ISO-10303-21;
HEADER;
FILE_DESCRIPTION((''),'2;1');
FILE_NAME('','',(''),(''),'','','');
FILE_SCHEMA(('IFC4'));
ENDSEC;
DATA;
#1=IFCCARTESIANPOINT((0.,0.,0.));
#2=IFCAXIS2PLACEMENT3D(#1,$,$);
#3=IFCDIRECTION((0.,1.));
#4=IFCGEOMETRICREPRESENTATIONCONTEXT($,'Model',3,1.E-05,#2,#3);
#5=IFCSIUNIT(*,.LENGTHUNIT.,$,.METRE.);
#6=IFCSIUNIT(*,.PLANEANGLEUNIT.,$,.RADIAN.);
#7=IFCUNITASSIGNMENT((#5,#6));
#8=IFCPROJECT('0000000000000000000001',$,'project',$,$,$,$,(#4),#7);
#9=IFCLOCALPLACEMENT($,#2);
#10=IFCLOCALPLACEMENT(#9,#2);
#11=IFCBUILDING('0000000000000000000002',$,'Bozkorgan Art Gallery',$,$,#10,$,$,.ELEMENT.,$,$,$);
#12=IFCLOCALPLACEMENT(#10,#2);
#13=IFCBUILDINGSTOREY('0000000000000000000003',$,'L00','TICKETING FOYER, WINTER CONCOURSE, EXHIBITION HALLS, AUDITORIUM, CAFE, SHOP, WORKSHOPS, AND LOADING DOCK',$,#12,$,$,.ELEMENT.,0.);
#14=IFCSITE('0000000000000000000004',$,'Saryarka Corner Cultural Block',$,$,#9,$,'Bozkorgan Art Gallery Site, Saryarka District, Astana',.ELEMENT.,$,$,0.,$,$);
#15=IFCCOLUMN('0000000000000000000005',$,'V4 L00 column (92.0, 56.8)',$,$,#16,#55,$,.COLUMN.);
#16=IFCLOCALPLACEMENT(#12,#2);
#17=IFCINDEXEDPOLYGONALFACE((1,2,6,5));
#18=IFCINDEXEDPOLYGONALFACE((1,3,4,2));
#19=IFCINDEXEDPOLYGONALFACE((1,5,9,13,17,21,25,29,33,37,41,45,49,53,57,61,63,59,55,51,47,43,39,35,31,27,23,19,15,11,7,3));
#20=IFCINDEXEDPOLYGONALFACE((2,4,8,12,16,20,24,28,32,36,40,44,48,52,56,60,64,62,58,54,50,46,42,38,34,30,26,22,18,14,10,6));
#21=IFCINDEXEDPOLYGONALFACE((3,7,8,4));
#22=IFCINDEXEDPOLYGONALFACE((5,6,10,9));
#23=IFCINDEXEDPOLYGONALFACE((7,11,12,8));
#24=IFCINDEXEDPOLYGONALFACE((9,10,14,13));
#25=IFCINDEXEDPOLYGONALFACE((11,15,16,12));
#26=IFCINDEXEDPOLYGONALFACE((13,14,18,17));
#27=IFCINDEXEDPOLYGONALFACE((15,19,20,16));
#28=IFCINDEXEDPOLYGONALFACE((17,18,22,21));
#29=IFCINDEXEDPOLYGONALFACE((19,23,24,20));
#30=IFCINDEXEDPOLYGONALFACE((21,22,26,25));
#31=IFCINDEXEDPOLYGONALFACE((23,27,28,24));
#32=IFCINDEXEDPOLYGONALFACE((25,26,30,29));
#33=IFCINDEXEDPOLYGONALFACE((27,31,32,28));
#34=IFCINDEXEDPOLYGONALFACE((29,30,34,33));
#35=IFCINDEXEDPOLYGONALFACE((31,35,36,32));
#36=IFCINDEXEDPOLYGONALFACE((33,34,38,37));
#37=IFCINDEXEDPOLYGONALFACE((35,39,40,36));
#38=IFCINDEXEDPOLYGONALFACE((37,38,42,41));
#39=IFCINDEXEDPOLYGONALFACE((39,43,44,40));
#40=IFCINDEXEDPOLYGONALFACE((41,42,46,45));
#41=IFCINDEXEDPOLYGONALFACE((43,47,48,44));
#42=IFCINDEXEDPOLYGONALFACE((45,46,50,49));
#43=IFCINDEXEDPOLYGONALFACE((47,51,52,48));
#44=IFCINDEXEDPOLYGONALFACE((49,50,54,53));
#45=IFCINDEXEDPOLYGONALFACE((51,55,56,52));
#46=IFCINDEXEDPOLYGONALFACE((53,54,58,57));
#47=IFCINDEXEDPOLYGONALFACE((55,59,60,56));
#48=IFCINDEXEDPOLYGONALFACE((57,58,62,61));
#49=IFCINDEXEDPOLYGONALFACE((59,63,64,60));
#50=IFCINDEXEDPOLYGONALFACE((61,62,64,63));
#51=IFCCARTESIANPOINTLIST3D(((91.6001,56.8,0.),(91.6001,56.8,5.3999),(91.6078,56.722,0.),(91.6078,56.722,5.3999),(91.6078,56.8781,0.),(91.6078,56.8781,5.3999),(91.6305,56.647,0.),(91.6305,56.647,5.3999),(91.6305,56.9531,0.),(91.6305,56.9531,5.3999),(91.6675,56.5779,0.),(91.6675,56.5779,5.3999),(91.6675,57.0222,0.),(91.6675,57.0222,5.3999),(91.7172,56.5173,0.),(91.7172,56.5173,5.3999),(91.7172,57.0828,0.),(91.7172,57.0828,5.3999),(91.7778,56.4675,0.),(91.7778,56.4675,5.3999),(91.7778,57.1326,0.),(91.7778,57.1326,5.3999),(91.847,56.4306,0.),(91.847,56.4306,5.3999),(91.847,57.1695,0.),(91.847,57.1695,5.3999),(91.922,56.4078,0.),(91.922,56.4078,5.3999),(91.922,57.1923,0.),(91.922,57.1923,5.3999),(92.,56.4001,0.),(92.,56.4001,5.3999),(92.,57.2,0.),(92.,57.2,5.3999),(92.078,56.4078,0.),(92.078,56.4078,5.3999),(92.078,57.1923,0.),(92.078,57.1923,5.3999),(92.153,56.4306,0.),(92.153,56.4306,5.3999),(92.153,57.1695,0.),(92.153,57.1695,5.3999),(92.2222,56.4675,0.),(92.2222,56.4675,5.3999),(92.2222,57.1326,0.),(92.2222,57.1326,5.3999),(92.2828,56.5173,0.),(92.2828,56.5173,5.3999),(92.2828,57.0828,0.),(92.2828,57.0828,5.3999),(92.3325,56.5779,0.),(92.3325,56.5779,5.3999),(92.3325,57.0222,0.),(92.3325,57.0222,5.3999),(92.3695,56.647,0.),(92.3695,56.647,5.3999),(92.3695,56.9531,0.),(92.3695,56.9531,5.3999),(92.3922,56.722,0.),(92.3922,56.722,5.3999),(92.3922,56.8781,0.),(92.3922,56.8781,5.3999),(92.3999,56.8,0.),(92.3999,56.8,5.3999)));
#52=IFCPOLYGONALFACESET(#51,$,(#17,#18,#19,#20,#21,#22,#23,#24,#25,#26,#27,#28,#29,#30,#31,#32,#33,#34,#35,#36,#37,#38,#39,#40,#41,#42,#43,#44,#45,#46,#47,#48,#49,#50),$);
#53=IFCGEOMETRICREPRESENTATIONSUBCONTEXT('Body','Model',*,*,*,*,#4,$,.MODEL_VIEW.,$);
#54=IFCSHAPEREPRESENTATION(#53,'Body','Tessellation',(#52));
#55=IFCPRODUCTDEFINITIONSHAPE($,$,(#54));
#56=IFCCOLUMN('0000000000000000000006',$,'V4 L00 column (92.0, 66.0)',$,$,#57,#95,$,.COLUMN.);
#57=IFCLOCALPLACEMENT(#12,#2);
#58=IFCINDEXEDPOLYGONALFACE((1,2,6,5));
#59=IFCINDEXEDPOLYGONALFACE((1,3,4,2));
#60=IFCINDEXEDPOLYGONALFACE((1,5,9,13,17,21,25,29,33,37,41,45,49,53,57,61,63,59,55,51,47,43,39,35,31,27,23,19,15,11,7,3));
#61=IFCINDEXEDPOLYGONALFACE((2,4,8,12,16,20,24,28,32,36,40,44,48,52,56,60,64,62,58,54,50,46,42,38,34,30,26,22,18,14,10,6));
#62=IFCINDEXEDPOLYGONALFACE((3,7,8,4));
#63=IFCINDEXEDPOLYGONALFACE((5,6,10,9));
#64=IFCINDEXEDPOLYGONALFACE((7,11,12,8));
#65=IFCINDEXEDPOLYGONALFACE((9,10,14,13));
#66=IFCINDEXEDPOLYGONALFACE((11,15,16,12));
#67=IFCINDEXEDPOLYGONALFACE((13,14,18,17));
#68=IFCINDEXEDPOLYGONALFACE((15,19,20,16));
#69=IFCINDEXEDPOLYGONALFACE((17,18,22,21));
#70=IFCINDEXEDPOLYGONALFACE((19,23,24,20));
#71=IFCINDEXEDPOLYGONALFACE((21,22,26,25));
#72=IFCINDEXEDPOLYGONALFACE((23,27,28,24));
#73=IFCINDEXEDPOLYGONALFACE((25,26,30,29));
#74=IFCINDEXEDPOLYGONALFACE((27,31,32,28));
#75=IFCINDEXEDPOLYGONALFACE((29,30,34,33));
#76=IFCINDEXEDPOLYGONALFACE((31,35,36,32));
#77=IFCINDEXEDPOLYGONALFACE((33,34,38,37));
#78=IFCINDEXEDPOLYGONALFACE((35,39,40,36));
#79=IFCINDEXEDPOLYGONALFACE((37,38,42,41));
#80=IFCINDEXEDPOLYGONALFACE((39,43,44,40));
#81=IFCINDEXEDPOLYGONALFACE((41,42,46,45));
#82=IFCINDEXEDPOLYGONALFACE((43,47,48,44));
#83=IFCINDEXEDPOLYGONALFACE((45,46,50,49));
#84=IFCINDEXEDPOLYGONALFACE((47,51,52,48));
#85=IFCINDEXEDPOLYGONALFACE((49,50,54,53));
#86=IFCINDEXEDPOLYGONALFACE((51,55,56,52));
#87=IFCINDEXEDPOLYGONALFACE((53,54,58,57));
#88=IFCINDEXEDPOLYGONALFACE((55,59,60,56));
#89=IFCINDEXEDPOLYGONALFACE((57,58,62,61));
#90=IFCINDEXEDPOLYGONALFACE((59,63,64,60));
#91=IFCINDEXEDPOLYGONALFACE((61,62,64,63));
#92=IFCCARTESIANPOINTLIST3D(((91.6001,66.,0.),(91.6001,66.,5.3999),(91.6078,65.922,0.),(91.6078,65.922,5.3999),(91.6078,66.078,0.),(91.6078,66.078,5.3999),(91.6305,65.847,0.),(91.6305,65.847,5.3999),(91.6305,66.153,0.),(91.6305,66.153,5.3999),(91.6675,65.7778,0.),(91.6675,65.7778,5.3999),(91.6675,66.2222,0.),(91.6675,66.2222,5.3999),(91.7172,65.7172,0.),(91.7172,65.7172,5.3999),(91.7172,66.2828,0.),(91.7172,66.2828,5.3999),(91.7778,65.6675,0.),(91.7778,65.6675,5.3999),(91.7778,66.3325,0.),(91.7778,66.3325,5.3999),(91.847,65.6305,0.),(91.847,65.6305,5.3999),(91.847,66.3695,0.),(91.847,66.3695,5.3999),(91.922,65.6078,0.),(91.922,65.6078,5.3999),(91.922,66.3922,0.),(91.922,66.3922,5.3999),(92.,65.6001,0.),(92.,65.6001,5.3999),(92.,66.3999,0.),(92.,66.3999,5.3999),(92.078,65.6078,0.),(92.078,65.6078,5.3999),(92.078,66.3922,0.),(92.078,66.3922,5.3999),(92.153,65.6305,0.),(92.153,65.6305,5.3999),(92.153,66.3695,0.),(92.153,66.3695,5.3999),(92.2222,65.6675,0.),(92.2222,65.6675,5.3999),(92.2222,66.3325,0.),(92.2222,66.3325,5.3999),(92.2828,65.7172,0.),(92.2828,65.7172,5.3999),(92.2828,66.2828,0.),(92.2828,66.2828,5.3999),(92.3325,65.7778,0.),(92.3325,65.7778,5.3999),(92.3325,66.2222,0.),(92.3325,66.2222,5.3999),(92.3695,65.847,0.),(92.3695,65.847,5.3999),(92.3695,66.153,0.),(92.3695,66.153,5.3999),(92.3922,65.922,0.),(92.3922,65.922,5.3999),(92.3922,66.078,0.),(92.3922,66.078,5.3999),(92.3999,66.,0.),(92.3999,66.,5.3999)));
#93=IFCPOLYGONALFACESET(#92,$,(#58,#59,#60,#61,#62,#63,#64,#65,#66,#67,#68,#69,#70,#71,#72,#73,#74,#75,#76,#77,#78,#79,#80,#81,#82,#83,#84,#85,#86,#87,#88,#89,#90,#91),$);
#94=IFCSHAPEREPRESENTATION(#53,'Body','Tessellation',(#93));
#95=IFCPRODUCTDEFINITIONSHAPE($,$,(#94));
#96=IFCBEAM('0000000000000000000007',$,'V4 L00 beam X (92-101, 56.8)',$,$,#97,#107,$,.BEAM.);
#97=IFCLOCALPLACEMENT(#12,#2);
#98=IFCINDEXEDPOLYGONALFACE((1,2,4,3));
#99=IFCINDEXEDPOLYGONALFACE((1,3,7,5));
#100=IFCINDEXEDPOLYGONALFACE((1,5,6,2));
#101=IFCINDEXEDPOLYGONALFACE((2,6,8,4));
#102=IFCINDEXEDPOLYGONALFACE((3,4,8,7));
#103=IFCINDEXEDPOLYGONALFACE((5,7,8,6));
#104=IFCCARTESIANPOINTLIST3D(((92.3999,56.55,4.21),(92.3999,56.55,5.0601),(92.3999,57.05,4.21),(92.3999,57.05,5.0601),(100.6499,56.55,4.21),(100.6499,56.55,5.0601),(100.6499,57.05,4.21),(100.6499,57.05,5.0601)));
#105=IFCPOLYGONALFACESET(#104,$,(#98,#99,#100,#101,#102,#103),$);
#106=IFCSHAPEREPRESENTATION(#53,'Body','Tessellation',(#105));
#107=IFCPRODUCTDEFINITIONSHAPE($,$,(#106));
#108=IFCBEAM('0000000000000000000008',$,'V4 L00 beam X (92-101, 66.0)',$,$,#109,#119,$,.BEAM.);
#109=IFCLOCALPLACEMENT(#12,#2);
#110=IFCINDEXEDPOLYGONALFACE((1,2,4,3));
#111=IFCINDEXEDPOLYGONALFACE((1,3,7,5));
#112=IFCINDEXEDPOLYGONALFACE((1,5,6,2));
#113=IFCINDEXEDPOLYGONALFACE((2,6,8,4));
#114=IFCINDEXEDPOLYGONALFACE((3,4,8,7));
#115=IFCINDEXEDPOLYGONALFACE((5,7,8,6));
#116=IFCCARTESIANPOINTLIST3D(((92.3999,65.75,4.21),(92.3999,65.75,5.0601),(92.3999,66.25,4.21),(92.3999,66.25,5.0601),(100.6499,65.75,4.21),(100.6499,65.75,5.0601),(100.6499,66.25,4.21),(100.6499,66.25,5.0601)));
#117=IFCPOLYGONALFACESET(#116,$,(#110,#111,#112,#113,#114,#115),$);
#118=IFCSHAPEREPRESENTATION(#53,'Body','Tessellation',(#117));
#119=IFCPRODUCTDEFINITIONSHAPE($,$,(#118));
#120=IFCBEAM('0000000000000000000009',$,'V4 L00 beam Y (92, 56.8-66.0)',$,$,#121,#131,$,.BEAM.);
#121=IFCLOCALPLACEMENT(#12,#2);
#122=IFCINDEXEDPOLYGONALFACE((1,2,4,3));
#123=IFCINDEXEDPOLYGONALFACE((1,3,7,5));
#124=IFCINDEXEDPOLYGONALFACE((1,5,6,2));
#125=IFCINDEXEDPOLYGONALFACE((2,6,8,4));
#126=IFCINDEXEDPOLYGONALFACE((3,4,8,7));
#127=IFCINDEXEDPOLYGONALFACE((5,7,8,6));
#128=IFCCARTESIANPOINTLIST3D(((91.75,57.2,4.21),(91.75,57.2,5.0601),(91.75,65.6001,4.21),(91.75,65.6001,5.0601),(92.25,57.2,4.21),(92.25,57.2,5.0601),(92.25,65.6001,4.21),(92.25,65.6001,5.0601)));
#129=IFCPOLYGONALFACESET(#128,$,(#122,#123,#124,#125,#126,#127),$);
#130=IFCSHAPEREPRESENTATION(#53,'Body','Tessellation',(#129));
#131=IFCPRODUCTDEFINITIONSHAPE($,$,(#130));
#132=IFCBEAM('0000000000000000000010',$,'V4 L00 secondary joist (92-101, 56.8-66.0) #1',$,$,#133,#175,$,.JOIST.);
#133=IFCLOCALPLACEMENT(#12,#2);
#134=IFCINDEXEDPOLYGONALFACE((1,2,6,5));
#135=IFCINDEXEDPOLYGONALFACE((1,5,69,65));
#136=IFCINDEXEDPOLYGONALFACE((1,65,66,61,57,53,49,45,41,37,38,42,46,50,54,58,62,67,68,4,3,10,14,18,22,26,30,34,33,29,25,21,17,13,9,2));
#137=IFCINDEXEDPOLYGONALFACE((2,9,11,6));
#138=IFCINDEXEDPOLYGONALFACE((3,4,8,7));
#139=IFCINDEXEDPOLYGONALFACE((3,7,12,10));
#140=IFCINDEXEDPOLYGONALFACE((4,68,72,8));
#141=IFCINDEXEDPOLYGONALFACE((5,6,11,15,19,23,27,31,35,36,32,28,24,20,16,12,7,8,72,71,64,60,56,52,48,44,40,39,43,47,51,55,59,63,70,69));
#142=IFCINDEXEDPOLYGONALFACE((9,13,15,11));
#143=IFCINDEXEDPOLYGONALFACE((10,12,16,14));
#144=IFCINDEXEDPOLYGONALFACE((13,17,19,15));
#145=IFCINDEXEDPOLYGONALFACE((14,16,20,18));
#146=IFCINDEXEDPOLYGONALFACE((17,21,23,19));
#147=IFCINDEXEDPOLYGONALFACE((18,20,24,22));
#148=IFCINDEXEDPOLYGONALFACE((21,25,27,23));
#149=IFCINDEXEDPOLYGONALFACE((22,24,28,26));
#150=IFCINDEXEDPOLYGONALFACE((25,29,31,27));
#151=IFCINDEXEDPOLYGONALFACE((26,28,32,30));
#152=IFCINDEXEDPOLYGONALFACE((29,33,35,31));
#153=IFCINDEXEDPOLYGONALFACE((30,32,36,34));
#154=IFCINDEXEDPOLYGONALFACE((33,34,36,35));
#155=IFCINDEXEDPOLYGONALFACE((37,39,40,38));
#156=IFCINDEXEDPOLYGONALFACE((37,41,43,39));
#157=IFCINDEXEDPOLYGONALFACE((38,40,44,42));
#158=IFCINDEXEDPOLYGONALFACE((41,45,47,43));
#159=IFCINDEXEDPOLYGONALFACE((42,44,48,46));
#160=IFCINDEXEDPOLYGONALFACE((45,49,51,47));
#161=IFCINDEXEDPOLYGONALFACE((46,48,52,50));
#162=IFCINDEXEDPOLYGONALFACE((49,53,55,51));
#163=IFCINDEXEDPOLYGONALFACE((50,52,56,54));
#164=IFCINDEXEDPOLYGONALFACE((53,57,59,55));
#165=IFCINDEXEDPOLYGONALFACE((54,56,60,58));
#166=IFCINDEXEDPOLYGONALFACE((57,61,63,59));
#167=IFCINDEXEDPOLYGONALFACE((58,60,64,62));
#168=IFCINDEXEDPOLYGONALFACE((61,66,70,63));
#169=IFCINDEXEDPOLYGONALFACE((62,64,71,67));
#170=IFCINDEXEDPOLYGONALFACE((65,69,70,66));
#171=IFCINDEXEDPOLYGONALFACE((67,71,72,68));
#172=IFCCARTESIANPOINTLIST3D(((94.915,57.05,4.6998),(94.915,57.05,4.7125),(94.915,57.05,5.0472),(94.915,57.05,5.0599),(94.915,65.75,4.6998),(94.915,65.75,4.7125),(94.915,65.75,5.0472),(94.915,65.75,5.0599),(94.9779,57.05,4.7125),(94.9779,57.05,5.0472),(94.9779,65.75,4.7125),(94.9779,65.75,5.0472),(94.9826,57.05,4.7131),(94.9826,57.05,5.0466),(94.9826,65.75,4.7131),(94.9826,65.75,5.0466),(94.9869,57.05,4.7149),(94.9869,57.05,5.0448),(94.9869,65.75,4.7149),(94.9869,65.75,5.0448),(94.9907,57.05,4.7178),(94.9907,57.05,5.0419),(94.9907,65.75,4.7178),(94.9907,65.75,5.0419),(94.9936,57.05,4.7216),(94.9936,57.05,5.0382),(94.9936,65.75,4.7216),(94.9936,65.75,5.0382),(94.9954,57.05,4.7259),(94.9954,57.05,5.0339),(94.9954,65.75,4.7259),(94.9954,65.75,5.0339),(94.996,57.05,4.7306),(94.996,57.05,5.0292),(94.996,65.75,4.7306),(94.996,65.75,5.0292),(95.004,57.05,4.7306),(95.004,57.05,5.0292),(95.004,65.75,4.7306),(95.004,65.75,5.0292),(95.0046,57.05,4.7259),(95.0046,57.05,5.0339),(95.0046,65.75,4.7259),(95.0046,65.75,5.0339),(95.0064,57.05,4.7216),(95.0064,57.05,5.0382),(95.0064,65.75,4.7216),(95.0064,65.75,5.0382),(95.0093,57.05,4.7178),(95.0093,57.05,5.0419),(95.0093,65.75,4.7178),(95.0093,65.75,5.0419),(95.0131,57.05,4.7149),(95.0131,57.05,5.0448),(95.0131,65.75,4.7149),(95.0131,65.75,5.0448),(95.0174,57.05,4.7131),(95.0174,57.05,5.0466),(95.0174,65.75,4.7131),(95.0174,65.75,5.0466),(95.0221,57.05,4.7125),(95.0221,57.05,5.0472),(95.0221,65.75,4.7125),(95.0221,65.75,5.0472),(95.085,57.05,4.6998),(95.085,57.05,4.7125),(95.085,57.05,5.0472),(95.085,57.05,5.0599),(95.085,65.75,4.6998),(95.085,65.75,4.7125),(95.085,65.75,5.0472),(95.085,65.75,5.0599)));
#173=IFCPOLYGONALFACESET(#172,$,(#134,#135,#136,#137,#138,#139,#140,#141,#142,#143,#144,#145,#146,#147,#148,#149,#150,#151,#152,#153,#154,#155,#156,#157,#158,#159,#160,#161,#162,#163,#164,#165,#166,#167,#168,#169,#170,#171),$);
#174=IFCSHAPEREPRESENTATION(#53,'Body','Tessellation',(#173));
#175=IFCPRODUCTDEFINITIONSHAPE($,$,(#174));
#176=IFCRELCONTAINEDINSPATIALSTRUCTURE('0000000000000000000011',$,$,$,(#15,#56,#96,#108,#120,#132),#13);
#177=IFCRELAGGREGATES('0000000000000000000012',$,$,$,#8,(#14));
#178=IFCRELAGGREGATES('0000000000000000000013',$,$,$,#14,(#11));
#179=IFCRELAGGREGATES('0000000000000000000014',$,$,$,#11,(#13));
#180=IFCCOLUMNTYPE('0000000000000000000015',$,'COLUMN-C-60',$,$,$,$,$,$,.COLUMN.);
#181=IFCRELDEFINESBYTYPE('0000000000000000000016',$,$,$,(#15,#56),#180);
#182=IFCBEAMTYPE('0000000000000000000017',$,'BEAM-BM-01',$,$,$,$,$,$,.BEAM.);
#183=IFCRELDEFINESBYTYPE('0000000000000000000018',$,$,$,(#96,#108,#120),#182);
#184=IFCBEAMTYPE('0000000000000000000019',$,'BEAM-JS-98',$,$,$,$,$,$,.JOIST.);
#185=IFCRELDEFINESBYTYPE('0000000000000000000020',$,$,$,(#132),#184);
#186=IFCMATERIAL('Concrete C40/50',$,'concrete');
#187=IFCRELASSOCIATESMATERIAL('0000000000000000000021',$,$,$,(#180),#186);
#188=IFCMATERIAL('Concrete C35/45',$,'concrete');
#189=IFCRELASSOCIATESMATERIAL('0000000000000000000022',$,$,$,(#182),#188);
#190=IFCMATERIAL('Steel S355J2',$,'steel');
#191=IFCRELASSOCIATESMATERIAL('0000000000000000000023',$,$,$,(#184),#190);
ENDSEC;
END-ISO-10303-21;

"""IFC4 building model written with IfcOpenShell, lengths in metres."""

from ifc_helpers import new_model, si_unit, direction, frame, origin, origin_2d, place, context, subcontext, project, spatial, rectangle, circle, i_section, extrude, material, material_profile, profile_set, type_object, element, save


model = new_model("IFC4")

# Units and contexts
model_context = context("Model", 3, precision=1e-05, world=origin(), true_north=direction((0.0, 1.0)))
body_context = subcontext(model_context, "Body", "Model", "MODEL_VIEW")
ifc_project = project(units=[si_unit("LENGTHUNIT", "METRE"), si_unit("PLANEANGLEUNIT", "RADIAN")], contexts=[model_context])

# Site, building, storey
site_placement = place(None, origin())
site = spatial("IfcSite", under=ifc_project, at=site_placement, Name="Saryarka Corner Cultural Block", LongName="Bozkorgan Art Gallery Site, Saryarka District, Astana", CompositionType="ELEMENT", RefElevation=0.0)
building_placement = place(site_placement, origin())
building = spatial("IfcBuilding", under=site, at=building_placement, Name="Bozkorgan Art Gallery", CompositionType="ELEMENT")
storey_placement = place(building_placement, origin())
storey = spatial("IfcBuildingStorey", under=building, at=storey_placement, Name="L00", Description="TICKETING FOYER, WINTER CONCOURSE, EXHIBITION HALLS, AUDITORIUM, CAFE, SHOP, WORKSHOPS, AND LOADING DOCK", CompositionType="ELEMENT", Elevation=0.0)

# Columns
ifc_material_1 = material(Name="Concrete C40/50", Category="concrete")
ifc_material_profile_1 = material_profile(ifc_material_1, circle(Radius=0.3999, at=origin_2d()), Name="RC D800")
ifc_profile_set_1 = profile_set([ifc_material_profile_1], Name="Concrete C40/50")
column_type = type_object("IfcColumnType", Name="COLUMN-C-60", PredefinedType="COLUMN", material=ifc_profile_set_1)
for number, where, z_axis, x_axis, name in (
    (1, (92.0, 56.8, 0.0), (0.0, 0.0, 1.0), (1.0, 0.0, 0.0), "V4 L00 column (92.0, 56.8)"),
    (2, (92.0, 66.0, 0.0), (0.0, 0.0, 1.0), (1.0, 0.0, 0.0), "V4 L00 column (92.0, 66.0)"),
):
    element("IfcColumn", number, at=place(storey_placement, frame(where, z_axis=z_axis, x_axis=x_axis)), inside=storey, type_object=column_type, Name=name, PredefinedType="COLUMN", context=body_context, shape_type="SweptSolid", body=[
        extrude(circle(Radius=0.3999, at=origin_2d()), origin(), (0.0, 0.0, 1.0), 5.3999),
    ])

# Beams
ifc_material_2 = material(Name="Concrete C35/45", Category="concrete")
ifc_material_profile_2 = material_profile(ifc_material_2, rectangle(XDim=0.5, YDim=0.8501, at=origin_2d()), Name="RC 500x850")
ifc_profile_set_2 = profile_set([ifc_material_profile_2], Name="Concrete C35/45")
beam_type_1 = type_object("IfcBeamType", Name="BEAM-BM-01", PredefinedType="BEAM", material=ifc_profile_set_2)
for number, where, z_axis, x_axis, name in (
    (3, (92.3999, 56.8, 4.635), (1.0, 0.0, 0.0), (0.0, 1.0, 0.0), "V4 L00 beam X (92-101, 56.8)"),
    (4, (92.3999, 66.0, 4.635), (1.0, 0.0, 0.0), (0.0, 1.0, 0.0), "V4 L00 beam X (92-101, 66.0)"),
):
    element("IfcBeam", number, at=place(storey_placement, frame(where, z_axis=z_axis, x_axis=x_axis)), inside=storey, type_object=beam_type_1, Name=name, PredefinedType="BEAM", context=body_context, shape_type="SweptSolid", body=[
        extrude(rectangle(XDim=0.5, YDim=0.8501, at=origin_2d()), origin(), (0.0, 0.0, 1.0), 8.25),
    ])
beam_1_placement = place(storey_placement, frame((92.0, 57.2, 4.635), z_axis=(0.0, 1.0, 0.0), x_axis=(-1.0, 0.0, 0.0)))
element("IfcBeam", 5, at=beam_1_placement, inside=storey, type_object=beam_type_1, Name="V4 L00 beam Y (92, 56.8-66.0)", PredefinedType="BEAM", context=body_context, shape_type="SweptSolid", body=[
    extrude(rectangle(XDim=0.5, YDim=0.8501, at=origin_2d()), origin(), (0.0, 0.0, 1.0), 8.4001),
])
ifc_material_3 = material(Name="Steel S355J2", Category="steel")
ifc_material_profile_3 = material_profile(ifc_material_3, i_section(OverallWidth=0.1699, OverallDepth=0.3601, WebThickness=0.0081, FlangeThickness=0.0127, FilletRadius=0.0181, at=origin_2d()), Name="IPE 360")
ifc_profile_set_3 = profile_set([ifc_material_profile_3], Name="Steel S355J2")
beam_type_2 = type_object("IfcBeamType", Name="BEAM-JS-98", PredefinedType="JOIST", material=ifc_profile_set_3)
for number, where, z_axis, x_axis, name in (
    (6, (95.0, 57.05, 4.8799), (0.0, 1.0, 0.0), (-1.0, 0.0, 0.0), "V4 L00 secondary joist (92-101, 56.8-66.0) #1"),
):
    element("IfcBeam", number, at=place(storey_placement, frame(where, z_axis=z_axis, x_axis=x_axis)), inside=storey, type_object=beam_type_2, Name=name, PredefinedType="JOIST", context=body_context, shape_type="SweptSolid", body=[
        extrude(i_section(OverallWidth=0.1699, OverallDepth=0.3601, WebThickness=0.0081, FlangeThickness=0.0127, FilletRadius=0.0181, at=origin_2d()), origin(), (0.0, 0.0, 1.0), 8.7),
    ])

save(model, "model.ifc")
